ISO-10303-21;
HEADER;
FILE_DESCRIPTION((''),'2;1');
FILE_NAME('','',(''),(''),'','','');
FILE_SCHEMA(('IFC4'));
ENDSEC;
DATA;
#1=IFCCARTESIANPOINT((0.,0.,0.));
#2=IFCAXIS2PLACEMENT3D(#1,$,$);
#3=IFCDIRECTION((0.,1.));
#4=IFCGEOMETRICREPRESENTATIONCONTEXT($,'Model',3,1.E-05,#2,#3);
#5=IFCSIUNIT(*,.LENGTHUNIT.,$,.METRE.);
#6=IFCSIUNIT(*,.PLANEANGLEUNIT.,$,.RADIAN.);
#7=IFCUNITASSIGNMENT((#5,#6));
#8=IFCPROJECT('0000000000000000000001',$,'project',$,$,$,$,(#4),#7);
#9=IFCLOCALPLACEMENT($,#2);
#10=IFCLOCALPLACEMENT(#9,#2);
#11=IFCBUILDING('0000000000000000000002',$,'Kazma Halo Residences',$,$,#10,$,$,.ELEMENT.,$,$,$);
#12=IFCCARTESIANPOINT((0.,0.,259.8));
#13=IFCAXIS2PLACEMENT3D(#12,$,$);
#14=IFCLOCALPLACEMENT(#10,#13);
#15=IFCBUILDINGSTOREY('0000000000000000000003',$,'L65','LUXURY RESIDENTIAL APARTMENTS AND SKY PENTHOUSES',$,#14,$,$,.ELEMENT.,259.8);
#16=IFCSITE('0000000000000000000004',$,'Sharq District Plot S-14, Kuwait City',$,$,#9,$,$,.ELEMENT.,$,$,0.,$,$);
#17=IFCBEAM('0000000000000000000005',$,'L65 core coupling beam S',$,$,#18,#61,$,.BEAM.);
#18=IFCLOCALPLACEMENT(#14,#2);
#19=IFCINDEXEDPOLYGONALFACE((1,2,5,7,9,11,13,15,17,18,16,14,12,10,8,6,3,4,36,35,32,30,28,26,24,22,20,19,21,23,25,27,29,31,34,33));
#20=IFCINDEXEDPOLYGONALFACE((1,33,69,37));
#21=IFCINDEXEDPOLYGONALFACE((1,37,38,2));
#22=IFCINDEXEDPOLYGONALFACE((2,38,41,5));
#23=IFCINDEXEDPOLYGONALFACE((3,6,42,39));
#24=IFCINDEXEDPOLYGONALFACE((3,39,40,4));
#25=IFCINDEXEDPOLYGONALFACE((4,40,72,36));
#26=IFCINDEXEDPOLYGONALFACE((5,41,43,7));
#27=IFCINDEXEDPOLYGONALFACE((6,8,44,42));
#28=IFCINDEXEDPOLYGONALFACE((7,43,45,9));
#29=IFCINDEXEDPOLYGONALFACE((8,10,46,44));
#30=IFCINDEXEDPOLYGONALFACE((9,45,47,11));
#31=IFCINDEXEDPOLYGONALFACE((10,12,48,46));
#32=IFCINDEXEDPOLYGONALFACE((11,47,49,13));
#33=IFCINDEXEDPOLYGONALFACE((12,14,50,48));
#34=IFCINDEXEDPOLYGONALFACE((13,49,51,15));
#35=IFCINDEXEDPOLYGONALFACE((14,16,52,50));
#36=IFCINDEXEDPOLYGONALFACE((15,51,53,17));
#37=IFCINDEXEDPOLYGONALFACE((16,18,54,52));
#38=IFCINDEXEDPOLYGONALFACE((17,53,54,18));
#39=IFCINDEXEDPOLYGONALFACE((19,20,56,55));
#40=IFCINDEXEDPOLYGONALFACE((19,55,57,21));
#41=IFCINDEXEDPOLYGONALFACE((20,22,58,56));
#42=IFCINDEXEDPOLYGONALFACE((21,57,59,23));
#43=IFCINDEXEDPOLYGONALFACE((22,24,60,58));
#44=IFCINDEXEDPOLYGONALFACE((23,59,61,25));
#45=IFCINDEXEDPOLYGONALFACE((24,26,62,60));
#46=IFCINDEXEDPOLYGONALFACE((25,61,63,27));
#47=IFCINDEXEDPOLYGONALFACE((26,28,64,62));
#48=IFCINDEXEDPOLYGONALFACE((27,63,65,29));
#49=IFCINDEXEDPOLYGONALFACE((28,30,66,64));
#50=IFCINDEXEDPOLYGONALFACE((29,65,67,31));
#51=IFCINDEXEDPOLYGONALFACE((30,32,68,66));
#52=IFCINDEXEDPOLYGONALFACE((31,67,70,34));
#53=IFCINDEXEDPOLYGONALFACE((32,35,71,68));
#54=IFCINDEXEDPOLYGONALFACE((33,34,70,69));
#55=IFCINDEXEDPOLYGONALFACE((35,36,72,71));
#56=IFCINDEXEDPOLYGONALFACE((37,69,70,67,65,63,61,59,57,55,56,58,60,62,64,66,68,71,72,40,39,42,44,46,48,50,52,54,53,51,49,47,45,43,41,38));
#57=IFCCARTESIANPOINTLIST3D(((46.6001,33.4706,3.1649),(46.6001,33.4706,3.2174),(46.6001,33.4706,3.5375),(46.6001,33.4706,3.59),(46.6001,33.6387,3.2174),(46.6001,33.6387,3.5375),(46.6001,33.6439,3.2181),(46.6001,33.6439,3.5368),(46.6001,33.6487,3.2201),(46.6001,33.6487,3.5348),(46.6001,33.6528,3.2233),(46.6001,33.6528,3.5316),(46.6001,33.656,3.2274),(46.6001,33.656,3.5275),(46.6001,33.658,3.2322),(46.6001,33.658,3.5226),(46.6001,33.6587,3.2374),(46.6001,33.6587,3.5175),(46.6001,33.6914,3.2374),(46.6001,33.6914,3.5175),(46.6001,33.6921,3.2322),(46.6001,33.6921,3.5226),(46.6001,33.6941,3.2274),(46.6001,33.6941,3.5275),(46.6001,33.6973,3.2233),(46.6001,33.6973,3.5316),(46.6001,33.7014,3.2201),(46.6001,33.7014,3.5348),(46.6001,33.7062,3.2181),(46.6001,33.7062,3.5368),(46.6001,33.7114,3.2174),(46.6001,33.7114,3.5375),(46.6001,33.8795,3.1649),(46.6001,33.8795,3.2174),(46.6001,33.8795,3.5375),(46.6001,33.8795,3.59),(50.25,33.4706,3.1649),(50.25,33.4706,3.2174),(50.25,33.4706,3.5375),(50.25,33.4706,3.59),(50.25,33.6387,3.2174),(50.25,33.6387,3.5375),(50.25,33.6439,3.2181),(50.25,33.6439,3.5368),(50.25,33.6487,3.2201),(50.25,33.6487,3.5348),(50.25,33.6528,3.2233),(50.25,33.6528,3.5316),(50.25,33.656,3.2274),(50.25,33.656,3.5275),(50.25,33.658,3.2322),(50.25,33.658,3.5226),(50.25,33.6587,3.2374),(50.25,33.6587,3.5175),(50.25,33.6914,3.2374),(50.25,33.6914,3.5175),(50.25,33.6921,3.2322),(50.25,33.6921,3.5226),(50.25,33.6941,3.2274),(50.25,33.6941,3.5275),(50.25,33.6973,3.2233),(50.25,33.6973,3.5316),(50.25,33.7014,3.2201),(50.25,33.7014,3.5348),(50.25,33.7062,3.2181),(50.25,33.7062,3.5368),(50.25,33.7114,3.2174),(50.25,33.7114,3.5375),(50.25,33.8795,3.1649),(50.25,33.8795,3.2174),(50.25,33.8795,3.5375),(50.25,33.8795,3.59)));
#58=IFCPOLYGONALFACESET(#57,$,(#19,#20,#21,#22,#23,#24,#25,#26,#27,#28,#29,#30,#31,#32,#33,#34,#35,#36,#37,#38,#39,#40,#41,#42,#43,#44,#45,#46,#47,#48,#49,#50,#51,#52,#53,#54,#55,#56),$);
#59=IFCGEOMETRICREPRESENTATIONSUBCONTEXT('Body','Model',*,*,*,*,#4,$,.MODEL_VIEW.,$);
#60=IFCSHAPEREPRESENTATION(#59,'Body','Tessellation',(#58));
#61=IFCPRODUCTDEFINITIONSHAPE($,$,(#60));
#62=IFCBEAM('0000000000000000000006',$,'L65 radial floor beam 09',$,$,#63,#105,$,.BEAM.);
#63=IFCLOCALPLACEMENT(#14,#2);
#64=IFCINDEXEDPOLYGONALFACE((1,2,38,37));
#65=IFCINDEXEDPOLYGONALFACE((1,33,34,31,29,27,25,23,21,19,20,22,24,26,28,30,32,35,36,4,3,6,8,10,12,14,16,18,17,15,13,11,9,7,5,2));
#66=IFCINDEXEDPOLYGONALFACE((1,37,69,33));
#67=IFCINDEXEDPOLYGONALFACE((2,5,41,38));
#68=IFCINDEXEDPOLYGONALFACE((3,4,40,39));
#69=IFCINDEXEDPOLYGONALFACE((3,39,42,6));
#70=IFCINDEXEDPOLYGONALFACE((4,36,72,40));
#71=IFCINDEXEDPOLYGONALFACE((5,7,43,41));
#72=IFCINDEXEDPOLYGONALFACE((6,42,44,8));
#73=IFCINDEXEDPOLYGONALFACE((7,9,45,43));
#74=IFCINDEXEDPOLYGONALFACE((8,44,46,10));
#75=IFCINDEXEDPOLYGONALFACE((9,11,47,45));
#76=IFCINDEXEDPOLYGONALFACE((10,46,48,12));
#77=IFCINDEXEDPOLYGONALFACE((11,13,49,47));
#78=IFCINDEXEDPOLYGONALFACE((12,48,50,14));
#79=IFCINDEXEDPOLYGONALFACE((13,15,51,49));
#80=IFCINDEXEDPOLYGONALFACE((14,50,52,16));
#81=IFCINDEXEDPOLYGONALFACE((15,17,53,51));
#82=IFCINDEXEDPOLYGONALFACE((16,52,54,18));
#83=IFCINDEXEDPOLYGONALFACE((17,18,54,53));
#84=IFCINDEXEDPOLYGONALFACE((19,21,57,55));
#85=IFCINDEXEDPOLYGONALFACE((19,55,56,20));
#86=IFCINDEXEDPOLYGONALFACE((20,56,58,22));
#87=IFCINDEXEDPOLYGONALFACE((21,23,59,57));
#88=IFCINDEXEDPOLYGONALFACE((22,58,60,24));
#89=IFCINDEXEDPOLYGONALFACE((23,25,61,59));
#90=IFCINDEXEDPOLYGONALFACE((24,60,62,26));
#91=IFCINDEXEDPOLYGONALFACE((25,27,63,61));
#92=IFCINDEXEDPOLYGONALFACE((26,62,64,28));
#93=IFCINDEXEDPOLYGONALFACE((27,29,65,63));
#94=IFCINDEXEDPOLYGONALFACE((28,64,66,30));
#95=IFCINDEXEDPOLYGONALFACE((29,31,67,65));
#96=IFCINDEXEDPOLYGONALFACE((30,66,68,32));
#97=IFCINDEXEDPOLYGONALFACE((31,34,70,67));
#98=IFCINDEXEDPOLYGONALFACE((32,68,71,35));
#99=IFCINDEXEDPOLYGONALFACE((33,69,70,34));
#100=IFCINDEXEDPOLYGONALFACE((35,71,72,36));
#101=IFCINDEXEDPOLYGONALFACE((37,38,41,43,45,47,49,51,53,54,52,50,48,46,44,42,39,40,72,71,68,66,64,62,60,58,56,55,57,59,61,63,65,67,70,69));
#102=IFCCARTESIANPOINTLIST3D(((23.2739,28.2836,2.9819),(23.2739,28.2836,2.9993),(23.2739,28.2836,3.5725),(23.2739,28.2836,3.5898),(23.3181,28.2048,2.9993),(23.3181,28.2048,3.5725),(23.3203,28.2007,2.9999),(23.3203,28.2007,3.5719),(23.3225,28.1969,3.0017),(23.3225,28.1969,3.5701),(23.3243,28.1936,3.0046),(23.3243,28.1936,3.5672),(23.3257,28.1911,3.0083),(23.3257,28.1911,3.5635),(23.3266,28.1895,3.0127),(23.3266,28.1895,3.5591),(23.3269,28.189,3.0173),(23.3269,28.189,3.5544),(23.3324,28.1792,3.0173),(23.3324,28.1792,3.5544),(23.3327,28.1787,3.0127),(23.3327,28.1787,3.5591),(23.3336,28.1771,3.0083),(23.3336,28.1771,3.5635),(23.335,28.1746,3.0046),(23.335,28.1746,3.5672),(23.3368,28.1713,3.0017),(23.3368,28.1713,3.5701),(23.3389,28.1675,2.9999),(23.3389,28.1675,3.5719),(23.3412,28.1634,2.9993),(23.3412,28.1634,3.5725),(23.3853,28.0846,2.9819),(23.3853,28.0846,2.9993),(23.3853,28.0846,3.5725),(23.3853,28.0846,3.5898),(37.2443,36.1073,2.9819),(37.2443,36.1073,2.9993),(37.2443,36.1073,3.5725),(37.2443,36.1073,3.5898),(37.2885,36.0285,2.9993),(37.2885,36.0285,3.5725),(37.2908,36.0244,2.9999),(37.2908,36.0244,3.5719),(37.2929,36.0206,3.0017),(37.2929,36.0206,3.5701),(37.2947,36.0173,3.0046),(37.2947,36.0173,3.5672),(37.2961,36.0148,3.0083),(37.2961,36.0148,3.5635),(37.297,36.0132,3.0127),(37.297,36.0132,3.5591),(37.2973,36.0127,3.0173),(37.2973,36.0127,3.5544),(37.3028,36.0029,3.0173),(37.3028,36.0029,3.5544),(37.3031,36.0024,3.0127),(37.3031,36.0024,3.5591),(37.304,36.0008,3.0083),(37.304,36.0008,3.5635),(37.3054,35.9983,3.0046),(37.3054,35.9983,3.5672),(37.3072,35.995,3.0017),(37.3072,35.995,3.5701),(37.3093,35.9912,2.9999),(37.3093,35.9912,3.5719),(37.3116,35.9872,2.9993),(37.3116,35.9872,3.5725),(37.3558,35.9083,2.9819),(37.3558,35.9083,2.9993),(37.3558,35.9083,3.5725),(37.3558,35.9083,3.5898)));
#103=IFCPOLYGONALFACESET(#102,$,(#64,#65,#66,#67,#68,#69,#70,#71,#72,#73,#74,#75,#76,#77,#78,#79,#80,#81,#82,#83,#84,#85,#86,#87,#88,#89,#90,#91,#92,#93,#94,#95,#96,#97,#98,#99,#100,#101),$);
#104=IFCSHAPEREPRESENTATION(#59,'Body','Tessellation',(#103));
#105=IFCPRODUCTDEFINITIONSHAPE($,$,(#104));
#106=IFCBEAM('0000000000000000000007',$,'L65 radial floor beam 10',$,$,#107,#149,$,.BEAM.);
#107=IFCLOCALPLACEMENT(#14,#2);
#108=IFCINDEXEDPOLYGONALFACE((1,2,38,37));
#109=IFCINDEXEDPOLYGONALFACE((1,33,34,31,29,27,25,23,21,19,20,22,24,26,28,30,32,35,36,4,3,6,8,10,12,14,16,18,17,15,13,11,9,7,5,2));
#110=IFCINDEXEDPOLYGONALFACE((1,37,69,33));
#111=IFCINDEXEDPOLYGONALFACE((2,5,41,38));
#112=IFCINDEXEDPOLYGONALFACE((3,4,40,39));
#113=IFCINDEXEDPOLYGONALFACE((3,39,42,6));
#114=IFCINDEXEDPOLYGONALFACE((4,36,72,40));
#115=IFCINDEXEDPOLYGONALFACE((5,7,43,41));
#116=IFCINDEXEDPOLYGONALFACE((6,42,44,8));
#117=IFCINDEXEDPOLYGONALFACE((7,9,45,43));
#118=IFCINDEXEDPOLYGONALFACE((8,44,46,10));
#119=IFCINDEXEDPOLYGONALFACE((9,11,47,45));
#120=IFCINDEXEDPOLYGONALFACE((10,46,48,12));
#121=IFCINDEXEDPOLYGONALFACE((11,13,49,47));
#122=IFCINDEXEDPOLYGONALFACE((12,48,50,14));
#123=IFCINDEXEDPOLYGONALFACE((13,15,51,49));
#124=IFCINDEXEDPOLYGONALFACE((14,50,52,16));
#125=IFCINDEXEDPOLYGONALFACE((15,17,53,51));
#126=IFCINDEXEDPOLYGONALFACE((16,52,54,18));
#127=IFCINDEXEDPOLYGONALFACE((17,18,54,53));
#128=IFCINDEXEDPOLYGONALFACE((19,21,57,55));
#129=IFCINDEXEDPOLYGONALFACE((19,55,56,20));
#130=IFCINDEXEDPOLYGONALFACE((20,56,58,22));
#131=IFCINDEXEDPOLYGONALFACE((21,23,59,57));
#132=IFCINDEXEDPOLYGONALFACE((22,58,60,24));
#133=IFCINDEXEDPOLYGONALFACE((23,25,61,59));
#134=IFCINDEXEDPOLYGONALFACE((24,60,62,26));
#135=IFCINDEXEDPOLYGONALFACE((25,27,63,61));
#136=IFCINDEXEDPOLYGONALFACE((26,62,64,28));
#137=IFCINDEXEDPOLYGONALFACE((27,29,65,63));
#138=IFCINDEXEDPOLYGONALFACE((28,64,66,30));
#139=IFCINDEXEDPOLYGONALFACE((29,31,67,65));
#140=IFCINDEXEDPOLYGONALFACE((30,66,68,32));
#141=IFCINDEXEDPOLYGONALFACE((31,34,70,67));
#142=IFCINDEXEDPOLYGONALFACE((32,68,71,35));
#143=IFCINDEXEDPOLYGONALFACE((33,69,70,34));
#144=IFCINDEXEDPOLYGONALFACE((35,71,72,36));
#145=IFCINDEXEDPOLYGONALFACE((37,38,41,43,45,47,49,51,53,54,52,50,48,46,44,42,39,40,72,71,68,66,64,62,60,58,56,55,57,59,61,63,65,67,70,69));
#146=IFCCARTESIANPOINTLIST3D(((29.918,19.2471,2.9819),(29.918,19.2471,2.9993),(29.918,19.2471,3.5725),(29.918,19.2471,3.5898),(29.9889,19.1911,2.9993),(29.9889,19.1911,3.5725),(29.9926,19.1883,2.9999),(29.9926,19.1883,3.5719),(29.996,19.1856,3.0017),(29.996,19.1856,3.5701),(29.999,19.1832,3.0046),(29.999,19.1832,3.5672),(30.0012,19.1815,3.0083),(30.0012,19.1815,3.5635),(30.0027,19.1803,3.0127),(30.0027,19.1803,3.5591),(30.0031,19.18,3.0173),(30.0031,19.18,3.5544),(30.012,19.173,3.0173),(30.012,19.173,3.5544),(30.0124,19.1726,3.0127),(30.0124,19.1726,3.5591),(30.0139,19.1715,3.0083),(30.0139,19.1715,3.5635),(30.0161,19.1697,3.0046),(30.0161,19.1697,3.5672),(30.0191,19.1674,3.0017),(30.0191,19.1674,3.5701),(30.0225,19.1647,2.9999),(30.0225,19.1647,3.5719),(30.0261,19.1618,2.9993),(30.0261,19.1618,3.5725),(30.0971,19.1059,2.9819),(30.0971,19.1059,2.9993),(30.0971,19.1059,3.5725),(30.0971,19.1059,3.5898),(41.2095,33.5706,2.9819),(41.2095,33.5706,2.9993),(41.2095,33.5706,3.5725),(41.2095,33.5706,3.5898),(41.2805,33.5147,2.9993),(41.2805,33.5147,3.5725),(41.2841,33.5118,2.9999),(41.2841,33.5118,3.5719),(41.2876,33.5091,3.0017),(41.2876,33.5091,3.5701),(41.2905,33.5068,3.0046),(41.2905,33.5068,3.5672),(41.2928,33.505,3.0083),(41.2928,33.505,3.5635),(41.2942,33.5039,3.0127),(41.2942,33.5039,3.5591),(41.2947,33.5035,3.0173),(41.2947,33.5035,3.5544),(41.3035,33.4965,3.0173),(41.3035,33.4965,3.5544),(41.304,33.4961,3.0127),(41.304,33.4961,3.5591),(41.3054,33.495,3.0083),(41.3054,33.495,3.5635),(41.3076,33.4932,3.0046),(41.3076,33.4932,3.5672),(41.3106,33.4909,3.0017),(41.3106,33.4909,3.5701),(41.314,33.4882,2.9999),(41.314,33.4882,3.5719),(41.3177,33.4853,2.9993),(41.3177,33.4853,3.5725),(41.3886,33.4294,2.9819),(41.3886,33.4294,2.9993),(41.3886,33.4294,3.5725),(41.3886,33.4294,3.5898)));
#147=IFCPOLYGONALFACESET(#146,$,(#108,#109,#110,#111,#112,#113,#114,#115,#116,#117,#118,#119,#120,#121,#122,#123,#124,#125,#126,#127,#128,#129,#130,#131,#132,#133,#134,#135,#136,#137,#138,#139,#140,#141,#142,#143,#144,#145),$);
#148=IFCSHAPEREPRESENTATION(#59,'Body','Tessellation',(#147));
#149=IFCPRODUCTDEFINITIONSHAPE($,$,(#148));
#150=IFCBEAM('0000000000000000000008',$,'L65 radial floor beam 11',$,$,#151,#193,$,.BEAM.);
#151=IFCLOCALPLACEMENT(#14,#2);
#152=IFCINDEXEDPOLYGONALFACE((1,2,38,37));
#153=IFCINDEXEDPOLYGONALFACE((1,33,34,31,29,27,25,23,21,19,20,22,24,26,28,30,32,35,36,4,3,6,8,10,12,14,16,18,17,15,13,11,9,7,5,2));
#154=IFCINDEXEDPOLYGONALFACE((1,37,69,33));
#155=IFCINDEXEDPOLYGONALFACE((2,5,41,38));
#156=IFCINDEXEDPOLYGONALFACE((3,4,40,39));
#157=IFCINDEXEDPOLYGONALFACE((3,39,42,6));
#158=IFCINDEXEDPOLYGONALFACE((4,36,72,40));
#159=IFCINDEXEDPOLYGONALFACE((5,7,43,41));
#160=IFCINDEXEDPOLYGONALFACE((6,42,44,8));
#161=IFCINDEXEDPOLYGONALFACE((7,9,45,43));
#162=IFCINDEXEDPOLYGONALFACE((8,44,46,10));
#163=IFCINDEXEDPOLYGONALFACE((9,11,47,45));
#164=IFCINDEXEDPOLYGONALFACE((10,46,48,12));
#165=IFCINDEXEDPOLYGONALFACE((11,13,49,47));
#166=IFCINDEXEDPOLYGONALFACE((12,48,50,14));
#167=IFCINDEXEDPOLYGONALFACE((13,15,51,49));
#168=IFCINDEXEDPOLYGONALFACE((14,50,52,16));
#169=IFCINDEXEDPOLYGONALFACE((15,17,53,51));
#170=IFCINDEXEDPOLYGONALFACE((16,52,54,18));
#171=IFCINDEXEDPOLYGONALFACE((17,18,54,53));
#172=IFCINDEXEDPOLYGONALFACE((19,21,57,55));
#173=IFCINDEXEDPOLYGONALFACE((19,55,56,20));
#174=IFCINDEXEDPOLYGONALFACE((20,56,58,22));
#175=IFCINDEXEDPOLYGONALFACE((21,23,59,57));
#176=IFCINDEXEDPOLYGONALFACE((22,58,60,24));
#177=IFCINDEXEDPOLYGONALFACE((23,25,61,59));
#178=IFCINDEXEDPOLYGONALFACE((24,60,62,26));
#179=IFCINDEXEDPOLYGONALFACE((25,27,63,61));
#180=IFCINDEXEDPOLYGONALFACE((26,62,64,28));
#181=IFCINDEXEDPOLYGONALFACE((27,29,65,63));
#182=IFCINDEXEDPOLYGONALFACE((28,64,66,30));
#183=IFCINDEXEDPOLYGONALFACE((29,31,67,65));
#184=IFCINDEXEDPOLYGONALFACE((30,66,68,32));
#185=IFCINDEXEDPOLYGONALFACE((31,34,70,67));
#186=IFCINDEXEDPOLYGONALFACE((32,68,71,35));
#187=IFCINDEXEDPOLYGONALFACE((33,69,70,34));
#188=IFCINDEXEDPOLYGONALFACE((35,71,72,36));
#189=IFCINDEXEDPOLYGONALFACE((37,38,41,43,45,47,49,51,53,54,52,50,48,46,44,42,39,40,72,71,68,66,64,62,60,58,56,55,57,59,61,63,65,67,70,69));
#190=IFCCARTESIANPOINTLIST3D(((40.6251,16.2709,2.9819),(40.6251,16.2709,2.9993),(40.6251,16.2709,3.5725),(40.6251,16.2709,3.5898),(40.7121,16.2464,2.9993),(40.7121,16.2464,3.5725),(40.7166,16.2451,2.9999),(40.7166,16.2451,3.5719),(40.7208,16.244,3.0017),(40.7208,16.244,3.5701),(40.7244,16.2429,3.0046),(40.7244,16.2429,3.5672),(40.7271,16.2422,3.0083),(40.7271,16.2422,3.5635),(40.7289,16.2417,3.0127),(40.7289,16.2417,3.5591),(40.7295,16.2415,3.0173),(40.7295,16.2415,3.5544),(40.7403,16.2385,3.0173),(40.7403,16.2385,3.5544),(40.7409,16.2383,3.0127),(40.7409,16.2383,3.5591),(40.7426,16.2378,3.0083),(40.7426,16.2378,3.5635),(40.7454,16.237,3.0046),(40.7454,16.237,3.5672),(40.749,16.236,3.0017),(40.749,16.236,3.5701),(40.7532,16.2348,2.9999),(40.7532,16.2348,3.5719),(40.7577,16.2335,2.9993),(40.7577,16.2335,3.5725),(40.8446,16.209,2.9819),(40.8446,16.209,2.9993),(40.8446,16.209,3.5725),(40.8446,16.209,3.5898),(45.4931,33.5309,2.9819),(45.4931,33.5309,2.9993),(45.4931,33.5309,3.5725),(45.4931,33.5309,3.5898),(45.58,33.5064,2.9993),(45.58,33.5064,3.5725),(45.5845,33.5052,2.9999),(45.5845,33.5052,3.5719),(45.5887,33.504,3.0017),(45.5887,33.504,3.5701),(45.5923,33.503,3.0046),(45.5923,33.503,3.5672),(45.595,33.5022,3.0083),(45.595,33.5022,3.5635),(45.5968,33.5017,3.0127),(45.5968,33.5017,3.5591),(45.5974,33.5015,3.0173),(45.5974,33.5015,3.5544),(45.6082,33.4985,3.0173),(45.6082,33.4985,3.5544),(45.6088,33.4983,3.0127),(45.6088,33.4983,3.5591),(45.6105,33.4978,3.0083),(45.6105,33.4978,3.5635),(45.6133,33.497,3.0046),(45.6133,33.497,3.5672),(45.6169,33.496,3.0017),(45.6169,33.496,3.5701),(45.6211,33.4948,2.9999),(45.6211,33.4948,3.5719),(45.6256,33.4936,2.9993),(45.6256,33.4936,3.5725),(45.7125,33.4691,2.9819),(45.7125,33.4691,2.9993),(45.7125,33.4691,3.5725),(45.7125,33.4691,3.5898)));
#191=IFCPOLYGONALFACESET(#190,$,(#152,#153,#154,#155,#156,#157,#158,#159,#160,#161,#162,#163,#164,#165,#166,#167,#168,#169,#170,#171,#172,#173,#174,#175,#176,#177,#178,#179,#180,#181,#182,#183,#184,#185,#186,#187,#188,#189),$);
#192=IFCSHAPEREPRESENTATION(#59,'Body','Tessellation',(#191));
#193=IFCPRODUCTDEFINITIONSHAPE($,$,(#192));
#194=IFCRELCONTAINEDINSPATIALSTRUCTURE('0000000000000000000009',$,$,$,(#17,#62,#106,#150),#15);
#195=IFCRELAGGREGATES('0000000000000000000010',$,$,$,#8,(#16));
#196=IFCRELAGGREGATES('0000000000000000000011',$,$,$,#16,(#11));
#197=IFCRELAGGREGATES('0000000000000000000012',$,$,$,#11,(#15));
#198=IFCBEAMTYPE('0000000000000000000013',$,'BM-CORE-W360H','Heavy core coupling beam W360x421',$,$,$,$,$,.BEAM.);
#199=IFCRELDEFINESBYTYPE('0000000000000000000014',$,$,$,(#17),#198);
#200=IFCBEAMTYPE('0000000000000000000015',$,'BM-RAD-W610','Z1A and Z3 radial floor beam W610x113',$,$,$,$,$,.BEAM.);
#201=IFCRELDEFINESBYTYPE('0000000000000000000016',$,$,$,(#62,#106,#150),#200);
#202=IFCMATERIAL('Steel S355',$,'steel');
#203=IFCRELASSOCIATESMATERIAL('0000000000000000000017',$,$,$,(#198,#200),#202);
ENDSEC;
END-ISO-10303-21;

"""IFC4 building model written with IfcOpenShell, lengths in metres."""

from ifc_helpers import new_model, si_unit, direction, frame, origin, origin_2d, place, context, subcontext, project, spatial, i_section, extrude, material, material_profile, profile_set, type_object, element, save


model = new_model("IFC4")

# Units and contexts
model_context = context("Model", 3, precision=1e-05, world=origin(), true_north=direction((0.0, 1.0)))
body_context = subcontext(model_context, "Body", "Model", "MODEL_VIEW")
ifc_project = project(units=[si_unit("LENGTHUNIT", "METRE"), si_unit("PLANEANGLEUNIT", "RADIAN")], contexts=[model_context])

# Site, building, storey
site_placement = place(None, origin())
site = spatial("IfcSite", under=ifc_project, at=site_placement, Name="Sharq District Plot S-14, Kuwait City", CompositionType="ELEMENT", RefElevation=0.0)
building_placement = place(site_placement, origin())
building = spatial("IfcBuilding", under=site, at=building_placement, Name="Kazma Halo Residences", CompositionType="ELEMENT")
storey_placement = place(building_placement, frame((0.0, 0.0, 259.8)))
storey = spatial("IfcBuildingStorey", under=building, at=storey_placement, Name="L65", Description="LUXURY RESIDENTIAL APARTMENTS AND SKY PENTHOUSES", CompositionType="ELEMENT", Elevation=259.8)

# Beams
ifc_material_1 = material(Name="Steel S355", Category="steel")
ifc_material_profile_1 = material_profile(ifc_material_1, i_section(OverallWidth=0.4089, OverallDepth=0.425, WebThickness=0.0327, FlangeThickness=0.0525, FilletRadius=0.02, at=origin_2d()), Name="W360x421")
ifc_profile_set_1 = profile_set([ifc_material_profile_1], Name="Steel S355")
beam_type_1 = type_object("IfcBeamType", Name="BM-CORE-W360H", Description="Heavy core coupling beam W360x421", PredefinedType="BEAM", material=ifc_profile_set_1)
beam_1_placement = place(storey_placement, frame((46.6001, 33.675, 3.3774), z_axis=(1.0, 0.0, 0.0), x_axis=(0.0, 1.0, 0.0)))
element("IfcBeam", 1, at=beam_1_placement, inside=storey, type_object=beam_type_1, Name="L65 core coupling beam S", PredefinedType="BEAM", context=body_context, shape_type="SweptSolid", body=[
    extrude(i_section(OverallWidth=0.4089, OverallDepth=0.425, WebThickness=0.0327, FlangeThickness=0.0525, FilletRadius=0.02, at=origin_2d()), origin(), (0.0, 0.0, 1.0), 3.6499),
])
ifc_material_profile_2 = material_profile(ifc_material_1, i_section(OverallWidth=0.228, OverallDepth=0.6079, WebThickness=0.0112, FlangeThickness=0.0173, FilletRadius=0.0181, at=origin_2d()), Name="W610x113")
ifc_profile_set_2 = profile_set([ifc_material_profile_2], Name="Steel S355")
beam_type_2 = type_object("IfcBeamType", Name="BM-RAD-W610", Description="Z1A and Z3 radial floor beam W610x113", PredefinedType="BEAM", material=ifc_profile_set_2)
beam_2_placement = place(storey_placement, frame((37.3, 36.0078, 3.2859), z_axis=(-0.872499, -0.488616, 0.0), x_axis=(0.488616, -0.872499, 0.0)))
element("IfcBeam", 2, at=beam_2_placement, inside=storey, type_object=beam_type_2, Name="L65 radial floor beam 09", PredefinedType="BEAM", context=body_context, shape_type="SweptSolid", body=[
    extrude(i_section(OverallWidth=0.228, OverallDepth=0.6079, WebThickness=0.0112, FlangeThickness=0.0173, FilletRadius=0.0181, at=origin_2d()), origin(), (0.0, 0.0, 1.0), 16.012),
])
beam_3_placement = place(storey_placement, frame((41.2991, 33.5, 3.2859), z_axis=(-0.619086, -0.785323, 0.0), x_axis=(0.785323, -0.619086, 0.0)))
element("IfcBeam", 3, at=beam_3_placement, inside=storey, type_object=beam_type_2, Name="L65 radial floor beam 10", PredefinedType="BEAM", context=body_context, shape_type="SweptSolid", body=[
    extrude(i_section(OverallWidth=0.228, OverallDepth=0.6079, WebThickness=0.0112, FlangeThickness=0.0173, FilletRadius=0.0181, at=origin_2d()), origin(), (0.0, 0.0, 1.0), 18.239),
])
beam_4_placement = place(storey_placement, frame((45.6028, 33.5, 3.2859), z_axis=(-0.271445, -0.962454, 0.0), x_axis=(0.962454, -0.271445, 0.0)))
element("IfcBeam", 4, at=beam_4_placement, inside=storey, type_object=beam_type_2, Name="L65 radial floor beam 11", PredefinedType="BEAM", context=body_context, shape_type="SweptSolid", body=[
    extrude(i_section(OverallWidth=0.228, OverallDepth=0.6079, WebThickness=0.0112, FlangeThickness=0.0173, FilletRadius=0.0181, at=origin_2d()), origin(), (0.0, 0.0, 1.0), 17.9333),
])

save(model, "model.ifc")
